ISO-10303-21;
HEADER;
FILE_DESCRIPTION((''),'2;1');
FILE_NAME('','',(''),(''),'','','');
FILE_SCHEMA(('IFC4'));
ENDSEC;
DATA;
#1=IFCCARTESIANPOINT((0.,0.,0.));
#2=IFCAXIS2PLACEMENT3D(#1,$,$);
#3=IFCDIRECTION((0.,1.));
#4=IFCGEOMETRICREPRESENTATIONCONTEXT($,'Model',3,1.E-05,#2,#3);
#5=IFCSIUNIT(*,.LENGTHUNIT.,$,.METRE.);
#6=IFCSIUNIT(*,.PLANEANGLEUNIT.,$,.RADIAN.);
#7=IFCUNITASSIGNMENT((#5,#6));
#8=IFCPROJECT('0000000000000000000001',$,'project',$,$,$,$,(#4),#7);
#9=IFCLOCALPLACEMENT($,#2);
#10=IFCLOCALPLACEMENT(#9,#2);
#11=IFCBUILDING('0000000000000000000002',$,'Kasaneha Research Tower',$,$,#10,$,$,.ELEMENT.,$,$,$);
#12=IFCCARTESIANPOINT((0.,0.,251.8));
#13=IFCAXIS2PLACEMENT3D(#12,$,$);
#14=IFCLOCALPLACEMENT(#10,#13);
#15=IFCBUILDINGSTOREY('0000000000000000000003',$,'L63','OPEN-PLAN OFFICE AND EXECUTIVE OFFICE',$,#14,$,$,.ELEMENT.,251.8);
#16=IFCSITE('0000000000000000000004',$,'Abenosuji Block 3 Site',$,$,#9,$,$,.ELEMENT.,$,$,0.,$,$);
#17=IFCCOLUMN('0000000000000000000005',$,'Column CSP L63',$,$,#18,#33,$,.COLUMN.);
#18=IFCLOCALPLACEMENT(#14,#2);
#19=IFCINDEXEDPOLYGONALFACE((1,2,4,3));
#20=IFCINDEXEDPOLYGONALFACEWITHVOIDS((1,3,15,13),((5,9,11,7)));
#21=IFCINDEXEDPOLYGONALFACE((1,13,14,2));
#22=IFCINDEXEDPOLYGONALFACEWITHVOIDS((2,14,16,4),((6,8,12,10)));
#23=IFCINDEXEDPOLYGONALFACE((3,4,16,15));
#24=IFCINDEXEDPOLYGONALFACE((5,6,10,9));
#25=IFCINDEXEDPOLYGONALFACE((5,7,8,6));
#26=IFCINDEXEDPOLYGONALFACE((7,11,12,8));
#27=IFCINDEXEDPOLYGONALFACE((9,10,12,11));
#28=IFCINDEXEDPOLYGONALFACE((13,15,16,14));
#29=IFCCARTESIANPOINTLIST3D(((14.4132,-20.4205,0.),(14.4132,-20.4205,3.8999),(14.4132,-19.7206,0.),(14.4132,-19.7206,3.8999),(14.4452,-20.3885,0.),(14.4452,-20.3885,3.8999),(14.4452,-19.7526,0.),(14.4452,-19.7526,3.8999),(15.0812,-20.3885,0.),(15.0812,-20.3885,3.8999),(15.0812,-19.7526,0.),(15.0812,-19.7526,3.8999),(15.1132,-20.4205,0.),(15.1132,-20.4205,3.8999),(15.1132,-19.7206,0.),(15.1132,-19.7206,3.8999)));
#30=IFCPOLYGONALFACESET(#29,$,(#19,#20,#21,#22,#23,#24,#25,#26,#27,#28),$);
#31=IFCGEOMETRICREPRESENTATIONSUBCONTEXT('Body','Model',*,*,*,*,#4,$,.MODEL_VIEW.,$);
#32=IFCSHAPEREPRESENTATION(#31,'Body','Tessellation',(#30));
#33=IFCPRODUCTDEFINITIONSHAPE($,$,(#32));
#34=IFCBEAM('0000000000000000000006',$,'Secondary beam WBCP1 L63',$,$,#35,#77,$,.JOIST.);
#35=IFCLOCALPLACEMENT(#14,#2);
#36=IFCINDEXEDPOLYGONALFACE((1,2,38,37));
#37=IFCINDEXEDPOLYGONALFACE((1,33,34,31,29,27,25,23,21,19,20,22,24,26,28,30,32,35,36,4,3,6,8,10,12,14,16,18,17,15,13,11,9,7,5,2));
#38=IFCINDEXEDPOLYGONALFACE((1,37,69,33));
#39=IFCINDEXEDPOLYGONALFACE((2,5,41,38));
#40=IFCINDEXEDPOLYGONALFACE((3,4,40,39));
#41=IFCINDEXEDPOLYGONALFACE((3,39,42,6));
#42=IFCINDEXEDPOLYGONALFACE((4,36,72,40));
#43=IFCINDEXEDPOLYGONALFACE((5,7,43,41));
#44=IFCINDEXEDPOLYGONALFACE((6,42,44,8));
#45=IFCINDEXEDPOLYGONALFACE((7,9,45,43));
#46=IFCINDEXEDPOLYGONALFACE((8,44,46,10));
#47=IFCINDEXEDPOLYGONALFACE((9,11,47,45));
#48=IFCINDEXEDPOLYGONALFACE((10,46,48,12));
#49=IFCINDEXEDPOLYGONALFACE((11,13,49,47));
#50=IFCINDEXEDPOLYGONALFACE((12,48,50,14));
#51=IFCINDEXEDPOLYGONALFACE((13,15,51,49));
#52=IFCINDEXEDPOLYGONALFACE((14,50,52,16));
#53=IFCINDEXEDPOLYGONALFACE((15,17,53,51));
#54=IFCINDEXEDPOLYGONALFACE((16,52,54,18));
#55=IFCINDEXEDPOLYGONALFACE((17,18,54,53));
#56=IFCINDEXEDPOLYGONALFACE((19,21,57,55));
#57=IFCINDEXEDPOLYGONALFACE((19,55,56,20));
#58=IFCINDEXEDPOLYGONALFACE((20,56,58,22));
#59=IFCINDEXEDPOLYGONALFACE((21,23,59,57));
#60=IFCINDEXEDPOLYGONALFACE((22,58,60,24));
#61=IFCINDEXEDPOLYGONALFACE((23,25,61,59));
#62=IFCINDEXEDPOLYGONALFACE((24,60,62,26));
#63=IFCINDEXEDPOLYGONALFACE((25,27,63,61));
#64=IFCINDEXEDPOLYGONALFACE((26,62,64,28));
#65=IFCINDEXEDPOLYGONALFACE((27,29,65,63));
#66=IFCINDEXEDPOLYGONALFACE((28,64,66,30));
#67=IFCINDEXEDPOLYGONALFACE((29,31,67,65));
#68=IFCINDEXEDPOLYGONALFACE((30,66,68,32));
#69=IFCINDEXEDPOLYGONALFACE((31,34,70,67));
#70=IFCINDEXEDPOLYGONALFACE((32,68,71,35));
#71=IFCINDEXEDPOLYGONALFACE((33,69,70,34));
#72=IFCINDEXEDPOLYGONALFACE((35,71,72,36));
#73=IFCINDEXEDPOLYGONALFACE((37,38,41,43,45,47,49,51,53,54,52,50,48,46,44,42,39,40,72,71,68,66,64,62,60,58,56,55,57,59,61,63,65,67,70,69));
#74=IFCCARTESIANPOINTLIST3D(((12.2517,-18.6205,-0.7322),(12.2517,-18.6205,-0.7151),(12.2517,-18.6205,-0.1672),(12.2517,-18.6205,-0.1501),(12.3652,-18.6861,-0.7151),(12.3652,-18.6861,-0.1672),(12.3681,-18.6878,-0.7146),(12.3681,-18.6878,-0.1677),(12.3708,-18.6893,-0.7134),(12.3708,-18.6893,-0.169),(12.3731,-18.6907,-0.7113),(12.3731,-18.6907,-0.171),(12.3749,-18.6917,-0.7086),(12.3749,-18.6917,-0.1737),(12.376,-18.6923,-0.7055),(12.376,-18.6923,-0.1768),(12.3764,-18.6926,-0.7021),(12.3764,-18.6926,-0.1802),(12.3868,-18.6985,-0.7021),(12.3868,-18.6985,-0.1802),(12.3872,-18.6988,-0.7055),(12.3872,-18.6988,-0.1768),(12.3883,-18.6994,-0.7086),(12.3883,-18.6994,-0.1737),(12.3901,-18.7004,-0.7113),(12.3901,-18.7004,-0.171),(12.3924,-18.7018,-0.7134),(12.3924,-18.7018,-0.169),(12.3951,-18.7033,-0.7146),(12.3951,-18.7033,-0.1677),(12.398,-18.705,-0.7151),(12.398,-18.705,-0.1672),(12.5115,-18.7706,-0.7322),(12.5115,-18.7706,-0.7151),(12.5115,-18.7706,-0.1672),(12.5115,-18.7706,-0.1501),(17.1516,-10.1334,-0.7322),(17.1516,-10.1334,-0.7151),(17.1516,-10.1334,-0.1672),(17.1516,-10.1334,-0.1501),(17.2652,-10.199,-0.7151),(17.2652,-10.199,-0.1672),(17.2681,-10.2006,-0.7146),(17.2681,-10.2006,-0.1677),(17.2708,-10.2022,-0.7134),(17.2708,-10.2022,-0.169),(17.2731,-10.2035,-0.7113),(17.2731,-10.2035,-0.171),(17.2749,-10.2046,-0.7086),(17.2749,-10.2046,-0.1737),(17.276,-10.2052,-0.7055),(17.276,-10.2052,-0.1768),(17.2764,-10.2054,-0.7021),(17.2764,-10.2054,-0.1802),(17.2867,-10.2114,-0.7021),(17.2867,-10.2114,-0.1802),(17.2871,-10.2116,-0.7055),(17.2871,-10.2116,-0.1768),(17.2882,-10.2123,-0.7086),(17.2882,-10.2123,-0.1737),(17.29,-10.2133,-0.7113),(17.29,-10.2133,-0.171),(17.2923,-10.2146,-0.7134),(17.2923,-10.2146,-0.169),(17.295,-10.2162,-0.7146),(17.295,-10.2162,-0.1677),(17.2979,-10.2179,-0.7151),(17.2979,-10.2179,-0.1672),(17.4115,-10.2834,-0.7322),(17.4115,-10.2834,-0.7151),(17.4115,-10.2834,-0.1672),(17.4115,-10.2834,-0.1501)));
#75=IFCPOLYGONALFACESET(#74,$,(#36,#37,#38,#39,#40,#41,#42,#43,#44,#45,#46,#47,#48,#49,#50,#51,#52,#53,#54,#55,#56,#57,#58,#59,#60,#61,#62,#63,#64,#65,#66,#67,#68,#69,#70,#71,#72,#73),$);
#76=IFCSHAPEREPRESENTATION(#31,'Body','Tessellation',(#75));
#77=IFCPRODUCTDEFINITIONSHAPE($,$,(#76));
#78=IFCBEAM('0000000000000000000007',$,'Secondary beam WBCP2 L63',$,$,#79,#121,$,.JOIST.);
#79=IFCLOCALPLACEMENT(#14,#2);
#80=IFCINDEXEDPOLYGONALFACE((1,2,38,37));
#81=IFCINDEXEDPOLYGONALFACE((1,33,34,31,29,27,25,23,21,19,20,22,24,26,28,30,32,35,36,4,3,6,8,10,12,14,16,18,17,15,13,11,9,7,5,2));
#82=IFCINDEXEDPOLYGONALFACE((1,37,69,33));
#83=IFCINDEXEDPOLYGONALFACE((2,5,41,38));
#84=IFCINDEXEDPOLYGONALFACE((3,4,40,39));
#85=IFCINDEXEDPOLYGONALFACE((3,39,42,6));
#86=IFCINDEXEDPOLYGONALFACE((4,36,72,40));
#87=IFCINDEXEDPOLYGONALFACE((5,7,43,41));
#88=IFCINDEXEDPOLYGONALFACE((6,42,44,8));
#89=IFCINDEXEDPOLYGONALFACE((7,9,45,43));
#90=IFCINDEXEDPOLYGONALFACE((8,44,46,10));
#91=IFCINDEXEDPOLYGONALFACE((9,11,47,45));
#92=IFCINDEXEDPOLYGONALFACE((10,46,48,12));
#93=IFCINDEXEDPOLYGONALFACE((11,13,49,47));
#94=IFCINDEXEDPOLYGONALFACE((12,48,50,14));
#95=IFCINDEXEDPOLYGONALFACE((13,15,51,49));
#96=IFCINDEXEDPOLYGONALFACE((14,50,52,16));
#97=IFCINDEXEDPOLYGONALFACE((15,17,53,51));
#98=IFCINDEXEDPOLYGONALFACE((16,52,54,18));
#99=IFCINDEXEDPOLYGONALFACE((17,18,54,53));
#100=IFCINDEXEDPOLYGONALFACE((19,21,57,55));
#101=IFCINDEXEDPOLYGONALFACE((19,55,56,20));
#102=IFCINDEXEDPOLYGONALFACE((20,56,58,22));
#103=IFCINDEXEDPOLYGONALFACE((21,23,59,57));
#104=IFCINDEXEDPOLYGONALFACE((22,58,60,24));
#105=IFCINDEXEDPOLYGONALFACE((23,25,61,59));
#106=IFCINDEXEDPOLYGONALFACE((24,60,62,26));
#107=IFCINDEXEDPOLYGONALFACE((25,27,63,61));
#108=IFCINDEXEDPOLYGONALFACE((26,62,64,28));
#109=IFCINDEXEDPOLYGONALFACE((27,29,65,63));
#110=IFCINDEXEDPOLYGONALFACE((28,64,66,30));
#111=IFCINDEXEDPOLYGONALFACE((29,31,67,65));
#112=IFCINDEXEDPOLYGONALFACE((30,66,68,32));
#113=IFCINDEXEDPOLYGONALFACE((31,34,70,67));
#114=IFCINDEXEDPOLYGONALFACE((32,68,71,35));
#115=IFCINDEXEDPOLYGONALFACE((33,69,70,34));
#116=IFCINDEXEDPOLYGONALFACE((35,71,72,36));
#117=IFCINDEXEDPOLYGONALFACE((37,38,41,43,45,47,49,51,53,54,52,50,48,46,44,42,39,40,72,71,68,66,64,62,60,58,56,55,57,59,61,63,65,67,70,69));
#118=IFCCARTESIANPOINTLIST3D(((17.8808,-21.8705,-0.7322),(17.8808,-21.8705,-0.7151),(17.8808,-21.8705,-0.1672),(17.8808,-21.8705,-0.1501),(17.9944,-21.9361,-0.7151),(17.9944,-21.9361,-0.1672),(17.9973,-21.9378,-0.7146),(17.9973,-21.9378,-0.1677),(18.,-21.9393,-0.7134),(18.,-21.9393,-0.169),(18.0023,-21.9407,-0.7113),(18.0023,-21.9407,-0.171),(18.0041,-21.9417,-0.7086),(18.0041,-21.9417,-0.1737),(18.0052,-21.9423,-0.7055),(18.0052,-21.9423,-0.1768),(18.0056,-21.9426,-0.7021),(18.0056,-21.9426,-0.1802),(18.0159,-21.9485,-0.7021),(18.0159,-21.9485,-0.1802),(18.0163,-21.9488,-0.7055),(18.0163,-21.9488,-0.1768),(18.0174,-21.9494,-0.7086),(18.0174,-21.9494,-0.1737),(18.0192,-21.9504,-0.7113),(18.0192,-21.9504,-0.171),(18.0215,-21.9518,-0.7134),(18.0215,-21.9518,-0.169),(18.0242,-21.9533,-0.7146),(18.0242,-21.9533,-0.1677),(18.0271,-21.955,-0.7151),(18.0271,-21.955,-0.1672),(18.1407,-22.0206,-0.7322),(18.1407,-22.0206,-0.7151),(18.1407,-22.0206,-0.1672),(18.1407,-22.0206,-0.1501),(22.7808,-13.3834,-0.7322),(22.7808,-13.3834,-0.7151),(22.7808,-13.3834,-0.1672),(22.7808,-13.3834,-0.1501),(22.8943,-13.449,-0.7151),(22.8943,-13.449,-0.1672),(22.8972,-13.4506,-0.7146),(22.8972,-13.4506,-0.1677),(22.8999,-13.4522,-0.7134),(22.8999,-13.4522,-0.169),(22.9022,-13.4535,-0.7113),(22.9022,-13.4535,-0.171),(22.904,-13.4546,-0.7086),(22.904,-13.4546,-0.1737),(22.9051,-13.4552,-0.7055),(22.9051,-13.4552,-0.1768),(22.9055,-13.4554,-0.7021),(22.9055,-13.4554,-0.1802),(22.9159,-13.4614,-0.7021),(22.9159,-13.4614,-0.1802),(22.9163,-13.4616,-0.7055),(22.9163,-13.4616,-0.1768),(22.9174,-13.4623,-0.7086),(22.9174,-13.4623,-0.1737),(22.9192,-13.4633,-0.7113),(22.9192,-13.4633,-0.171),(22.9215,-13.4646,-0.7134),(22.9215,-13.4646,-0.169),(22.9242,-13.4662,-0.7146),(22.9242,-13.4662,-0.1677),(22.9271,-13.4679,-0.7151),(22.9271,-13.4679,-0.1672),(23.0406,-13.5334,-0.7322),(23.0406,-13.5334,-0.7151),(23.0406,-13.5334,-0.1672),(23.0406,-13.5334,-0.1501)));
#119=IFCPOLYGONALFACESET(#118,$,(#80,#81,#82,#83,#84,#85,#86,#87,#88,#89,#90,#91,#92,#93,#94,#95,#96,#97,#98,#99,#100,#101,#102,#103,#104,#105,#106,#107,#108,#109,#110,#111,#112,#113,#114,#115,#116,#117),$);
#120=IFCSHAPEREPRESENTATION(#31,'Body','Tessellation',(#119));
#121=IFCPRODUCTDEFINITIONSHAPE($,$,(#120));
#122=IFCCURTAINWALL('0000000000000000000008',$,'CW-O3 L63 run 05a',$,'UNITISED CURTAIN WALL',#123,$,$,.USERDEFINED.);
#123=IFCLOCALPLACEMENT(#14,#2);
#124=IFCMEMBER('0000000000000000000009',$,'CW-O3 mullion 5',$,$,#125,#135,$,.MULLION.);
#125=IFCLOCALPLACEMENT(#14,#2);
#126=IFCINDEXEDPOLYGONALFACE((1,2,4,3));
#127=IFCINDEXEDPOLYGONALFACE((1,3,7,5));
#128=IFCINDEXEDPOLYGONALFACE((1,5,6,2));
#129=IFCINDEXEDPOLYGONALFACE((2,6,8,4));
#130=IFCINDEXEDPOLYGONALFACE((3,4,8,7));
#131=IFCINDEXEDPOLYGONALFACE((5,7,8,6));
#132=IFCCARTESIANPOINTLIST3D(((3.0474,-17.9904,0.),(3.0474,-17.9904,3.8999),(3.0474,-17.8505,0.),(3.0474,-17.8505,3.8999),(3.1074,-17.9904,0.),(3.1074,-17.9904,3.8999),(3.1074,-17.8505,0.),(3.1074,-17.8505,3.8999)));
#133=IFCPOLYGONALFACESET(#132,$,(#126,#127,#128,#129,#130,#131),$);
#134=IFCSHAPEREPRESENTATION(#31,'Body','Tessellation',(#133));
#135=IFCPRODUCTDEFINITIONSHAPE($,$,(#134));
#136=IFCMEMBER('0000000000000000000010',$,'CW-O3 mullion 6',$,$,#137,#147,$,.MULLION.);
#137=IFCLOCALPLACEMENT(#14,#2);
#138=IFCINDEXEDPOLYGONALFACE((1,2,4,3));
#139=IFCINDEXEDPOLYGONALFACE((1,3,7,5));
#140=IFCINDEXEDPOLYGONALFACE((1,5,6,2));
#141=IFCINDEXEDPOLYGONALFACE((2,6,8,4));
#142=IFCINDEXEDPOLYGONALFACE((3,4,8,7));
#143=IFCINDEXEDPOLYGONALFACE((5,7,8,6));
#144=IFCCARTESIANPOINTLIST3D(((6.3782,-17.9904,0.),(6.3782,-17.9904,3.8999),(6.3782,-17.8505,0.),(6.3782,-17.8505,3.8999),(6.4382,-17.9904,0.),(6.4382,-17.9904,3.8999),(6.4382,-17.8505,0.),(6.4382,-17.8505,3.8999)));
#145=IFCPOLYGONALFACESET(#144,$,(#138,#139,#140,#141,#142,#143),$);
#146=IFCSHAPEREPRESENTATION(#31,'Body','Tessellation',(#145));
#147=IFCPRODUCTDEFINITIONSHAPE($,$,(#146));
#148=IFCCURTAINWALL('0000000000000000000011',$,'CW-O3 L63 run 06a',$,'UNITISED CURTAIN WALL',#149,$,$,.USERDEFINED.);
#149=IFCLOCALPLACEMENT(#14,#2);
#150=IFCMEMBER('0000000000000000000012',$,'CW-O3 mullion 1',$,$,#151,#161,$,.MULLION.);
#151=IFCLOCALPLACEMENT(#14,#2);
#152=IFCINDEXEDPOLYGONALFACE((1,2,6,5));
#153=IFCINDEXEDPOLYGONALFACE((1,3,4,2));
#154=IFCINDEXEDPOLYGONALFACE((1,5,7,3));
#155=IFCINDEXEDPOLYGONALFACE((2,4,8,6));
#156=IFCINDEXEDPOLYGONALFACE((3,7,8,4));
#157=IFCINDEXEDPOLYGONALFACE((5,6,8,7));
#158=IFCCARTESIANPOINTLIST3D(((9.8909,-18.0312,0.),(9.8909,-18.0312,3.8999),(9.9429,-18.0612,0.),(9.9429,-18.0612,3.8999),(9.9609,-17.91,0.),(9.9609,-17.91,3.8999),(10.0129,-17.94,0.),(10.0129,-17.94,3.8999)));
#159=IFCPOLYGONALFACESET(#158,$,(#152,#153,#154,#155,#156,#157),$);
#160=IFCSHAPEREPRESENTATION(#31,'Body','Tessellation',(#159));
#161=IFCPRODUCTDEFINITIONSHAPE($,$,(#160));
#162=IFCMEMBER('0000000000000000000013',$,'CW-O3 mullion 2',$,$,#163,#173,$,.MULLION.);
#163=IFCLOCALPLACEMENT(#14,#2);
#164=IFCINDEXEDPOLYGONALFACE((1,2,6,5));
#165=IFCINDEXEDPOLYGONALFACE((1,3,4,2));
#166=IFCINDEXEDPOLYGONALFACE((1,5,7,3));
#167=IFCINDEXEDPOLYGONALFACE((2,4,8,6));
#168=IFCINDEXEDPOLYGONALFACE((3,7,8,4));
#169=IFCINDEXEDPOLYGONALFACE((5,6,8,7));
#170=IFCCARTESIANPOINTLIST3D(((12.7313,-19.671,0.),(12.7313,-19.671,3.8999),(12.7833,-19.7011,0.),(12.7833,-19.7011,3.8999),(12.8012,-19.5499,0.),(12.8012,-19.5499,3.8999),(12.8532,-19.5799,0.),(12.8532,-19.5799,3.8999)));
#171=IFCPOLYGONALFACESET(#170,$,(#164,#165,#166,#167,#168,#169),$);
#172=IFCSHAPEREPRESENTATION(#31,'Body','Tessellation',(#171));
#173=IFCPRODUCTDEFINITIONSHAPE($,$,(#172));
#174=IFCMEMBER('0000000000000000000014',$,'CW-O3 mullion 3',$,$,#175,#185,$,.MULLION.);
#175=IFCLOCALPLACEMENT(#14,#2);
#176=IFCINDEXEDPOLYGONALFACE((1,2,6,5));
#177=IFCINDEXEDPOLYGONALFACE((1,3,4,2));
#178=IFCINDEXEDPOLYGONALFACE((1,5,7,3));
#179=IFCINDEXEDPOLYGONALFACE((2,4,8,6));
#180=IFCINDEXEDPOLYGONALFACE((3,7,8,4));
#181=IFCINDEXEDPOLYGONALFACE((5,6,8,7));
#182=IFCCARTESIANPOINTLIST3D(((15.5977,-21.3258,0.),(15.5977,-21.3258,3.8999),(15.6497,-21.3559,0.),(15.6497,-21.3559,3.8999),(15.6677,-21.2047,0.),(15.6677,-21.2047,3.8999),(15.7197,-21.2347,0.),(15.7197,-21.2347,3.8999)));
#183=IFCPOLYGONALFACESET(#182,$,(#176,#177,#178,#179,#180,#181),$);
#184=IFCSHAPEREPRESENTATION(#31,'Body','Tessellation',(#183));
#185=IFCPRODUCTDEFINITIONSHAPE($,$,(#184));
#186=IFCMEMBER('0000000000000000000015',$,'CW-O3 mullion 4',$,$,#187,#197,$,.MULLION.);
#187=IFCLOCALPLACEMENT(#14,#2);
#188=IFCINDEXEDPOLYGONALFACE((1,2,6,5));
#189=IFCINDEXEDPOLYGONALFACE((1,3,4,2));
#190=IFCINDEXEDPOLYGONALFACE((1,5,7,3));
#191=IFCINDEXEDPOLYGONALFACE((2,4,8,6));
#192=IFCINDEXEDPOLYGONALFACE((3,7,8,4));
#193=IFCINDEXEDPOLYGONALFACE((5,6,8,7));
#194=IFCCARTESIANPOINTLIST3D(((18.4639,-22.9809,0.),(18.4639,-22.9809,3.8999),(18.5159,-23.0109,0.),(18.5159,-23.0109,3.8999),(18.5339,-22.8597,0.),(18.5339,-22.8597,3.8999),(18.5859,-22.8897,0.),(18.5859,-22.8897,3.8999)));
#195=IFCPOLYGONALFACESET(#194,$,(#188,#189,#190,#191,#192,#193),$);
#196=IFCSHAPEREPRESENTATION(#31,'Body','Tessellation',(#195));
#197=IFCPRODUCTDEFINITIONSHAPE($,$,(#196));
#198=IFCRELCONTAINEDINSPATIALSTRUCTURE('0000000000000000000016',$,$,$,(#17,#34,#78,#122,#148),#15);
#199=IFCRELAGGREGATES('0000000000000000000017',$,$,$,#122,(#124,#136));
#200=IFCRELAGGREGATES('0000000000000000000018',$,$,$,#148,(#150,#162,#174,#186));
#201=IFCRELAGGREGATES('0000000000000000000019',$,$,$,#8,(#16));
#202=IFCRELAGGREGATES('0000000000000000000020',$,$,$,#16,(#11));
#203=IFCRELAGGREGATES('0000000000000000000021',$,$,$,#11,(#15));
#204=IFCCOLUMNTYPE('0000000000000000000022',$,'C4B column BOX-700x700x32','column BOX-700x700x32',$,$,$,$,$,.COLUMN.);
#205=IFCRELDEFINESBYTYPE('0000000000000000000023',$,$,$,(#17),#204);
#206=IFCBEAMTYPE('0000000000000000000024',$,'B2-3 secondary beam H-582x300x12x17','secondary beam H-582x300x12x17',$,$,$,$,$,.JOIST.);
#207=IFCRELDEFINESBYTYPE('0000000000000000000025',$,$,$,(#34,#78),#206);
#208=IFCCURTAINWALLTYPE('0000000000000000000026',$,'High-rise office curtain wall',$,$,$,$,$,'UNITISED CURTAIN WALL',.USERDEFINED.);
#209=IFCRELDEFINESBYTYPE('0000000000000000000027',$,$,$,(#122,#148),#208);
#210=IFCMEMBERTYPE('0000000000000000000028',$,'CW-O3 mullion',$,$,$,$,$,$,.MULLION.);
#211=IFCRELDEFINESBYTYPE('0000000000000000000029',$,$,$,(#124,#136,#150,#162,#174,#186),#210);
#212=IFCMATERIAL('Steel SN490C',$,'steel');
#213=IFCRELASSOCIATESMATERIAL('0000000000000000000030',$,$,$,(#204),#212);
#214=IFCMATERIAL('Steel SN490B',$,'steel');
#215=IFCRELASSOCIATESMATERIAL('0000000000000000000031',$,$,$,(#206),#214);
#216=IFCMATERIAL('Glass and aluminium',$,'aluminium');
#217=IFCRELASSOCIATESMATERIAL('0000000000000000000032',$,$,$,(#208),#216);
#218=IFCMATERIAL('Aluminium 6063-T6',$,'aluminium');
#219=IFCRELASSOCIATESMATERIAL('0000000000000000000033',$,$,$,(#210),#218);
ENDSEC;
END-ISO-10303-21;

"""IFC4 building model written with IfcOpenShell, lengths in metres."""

from ifc_helpers import new_model, si_unit, direction, frame, origin, origin_2d, place, context, subcontext, project, spatial, rectangle, hollow_rectangle, i_section, extrude, material, material_profile, profile_set, type_object, element, aggregate, save


model = new_model("IFC4")

# Units and contexts
model_context = context("Model", 3, precision=1e-05, world=origin(), true_north=direction((0.0, 1.0)))
body_context = subcontext(model_context, "Body", "Model", "MODEL_VIEW")
ifc_project = project(units=[si_unit("LENGTHUNIT", "METRE"), si_unit("PLANEANGLEUNIT", "RADIAN")], contexts=[model_context])

# Site, building, storey
site_placement = place(None, origin())
site = spatial("IfcSite", under=ifc_project, at=site_placement, Name="Abenosuji Block 3 Site", CompositionType="ELEMENT", RefElevation=0.0)
building_placement = place(site_placement, origin())
building = spatial("IfcBuilding", under=site, at=building_placement, Name="Kasaneha Research Tower", CompositionType="ELEMENT")
storey_placement = place(building_placement, frame((0.0, 0.0, 251.8)))
storey = spatial("IfcBuildingStorey", under=building, at=storey_placement, Name="L63", Description="OPEN-PLAN OFFICE AND EXECUTIVE OFFICE", CompositionType="ELEMENT", Elevation=251.8)

# Column
ifc_material_1 = material(Name="Steel SN490C", Category="steel")
ifc_material_profile_1 = material_profile(ifc_material_1, hollow_rectangle(XDim=0.7, YDim=0.7, WallThickness=0.032, at=origin_2d()), Name="BOX-700x700x32")
ifc_profile_set_1 = profile_set([ifc_material_profile_1], Name="Steel SN490C")
column_type = type_object("IfcColumnType", Name="C4B column BOX-700x700x32", Description="column BOX-700x700x32", PredefinedType="COLUMN", material=ifc_profile_set_1)
column_placement = place(storey_placement, frame((14.7632, -20.0706, 0.0), z_axis=(0.0, 0.0, 1.0), x_axis=(1.0, 0.0, 0.0)))
element("IfcColumn", 1, at=column_placement, inside=storey, type_object=column_type, Name="Column CSP L63", PredefinedType="COLUMN", context=body_context, shape_type="SweptSolid", body=[
    extrude(hollow_rectangle(XDim=0.7, YDim=0.7, WallThickness=0.032, at=origin_2d()), origin(), (0.0, 0.0, 1.0), 3.8999),
])

# Beams
ifc_material_2 = material(Name="Steel SN490B", Category="steel")
ifc_material_profile_2 = material_profile(ifc_material_2, i_section(OverallWidth=0.3, OverallDepth=0.582, WebThickness=0.012, FlangeThickness=0.0171, FilletRadius=0.0129, at=origin_2d()), Name="H-582x300x12x17")
ifc_profile_set_2 = profile_set([ifc_material_profile_2], Name="Steel SN490B")
beam_type_1 = type_object("IfcBeamType", Name="B2-3 secondary beam H-582x300x12x17", Description="secondary beam H-582x300x12x17", PredefinedType="JOIST", material=ifc_profile_set_2)
for number, where, z_axis, x_axis, name in (
    (2, (12.3816, -18.6956, -0.4412), (0.499992, 0.86603, 0.0), (-0.86603, 0.499992, 0.0), "Secondary beam WBCP1 L63"),
    (3, (18.0107, -21.9456, -0.4412), (0.499992, 0.86603, 0.0), (-0.86603, 0.499992, 0.0), "Secondary beam WBCP2 L63"),
):
    element("IfcBeam", number, at=place(storey_placement, frame(where, z_axis=z_axis, x_axis=x_axis)), inside=storey, type_object=beam_type_1, Name=name, PredefinedType="JOIST", context=body_context, shape_type="SweptSolid", body=[
        extrude(i_section(OverallWidth=0.3, OverallDepth=0.582, WebThickness=0.012, FlangeThickness=0.0171, FilletRadius=0.0129, at=origin_2d()), origin(), (0.0, 0.0, 1.0), 9.8),
    ])

# Curtain walls, members
ifc_material_3 = material(Name="Glass and aluminium", Category="aluminium")
curtain_wall_type = type_object("IfcCurtainWallType", Name="High-rise office curtain wall", ElementType="UNITISED CURTAIN WALL", PredefinedType="USERDEFINED", material=ifc_material_3)
curtain_wall_1_placement = place(storey_placement, origin())
curtain_wall_1 = element("IfcCurtainWall", 4, at=curtain_wall_1_placement, inside=storey, type_object=curtain_wall_type, Name="CW-O3 L63 run 05a", ObjectType="UNITISED CURTAIN WALL", PredefinedType="USERDEFINED")
ifc_material_4 = material(Name="Aluminium 6063-T6", Category="aluminium")
ifc_material_profile_3 = material_profile(ifc_material_4, rectangle(XDim=0.0601, YDim=0.1399, at=origin_2d()), Name="CW-O3 mullion 60x140")
ifc_profile_set_3 = profile_set([ifc_material_profile_3], Name="Aluminium 6063-T6")
member_type_1 = type_object("IfcMemberType", Name="CW-O3 mullion", PredefinedType="MULLION", material=ifc_profile_set_3)
member_1_placement = place(storey_placement, frame((3.0774, -17.9204, 0.0), z_axis=(0.0, 0.0, 1.0), x_axis=(1.0, 0.0, 0.0)))
member_1 = element("IfcMember", 5, at=member_1_placement, type_object=member_type_1, Name="CW-O3 mullion 5", PredefinedType="MULLION", context=body_context, shape_type="SweptSolid", body=[
    extrude(rectangle(XDim=0.0601, YDim=0.1399, at=origin_2d()), origin(), (0.0, 0.0, 1.0), 3.8999),
])
member_2_placement = place(storey_placement, frame((6.4082, -17.9204, 0.0), z_axis=(0.0, 0.0, 1.0), x_axis=(1.0, 0.0, 0.0)))
member_2 = element("IfcMember", 6, at=member_2_placement, type_object=member_type_1, Name="CW-O3 mullion 6", PredefinedType="MULLION", context=body_context, shape_type="SweptSolid", body=[
    extrude(rectangle(XDim=0.0601, YDim=0.1399, at=origin_2d()), origin(), (0.0, 0.0, 1.0), 3.8999),
])
curtain_wall_2_placement = place(storey_placement, origin())
curtain_wall_2 = element("IfcCurtainWall", 7, at=curtain_wall_2_placement, inside=storey, type_object=curtain_wall_type, Name="CW-O3 L63 run 06a", ObjectType="UNITISED CURTAIN WALL", PredefinedType="USERDEFINED")
member_3_placement = place(storey_placement, frame((9.9519, -17.9856, 0.0), z_axis=(0.0, 0.0, 1.0), x_axis=(0.866025, -0.5, 0.0)))
member_3 = element("IfcMember", 8, at=member_3_placement, type_object=member_type_1, Name="CW-O3 mullion 1", PredefinedType="MULLION", context=body_context, shape_type="SweptSolid", body=[
    extrude(rectangle(XDim=0.0601, YDim=0.1399, at=origin_2d()), origin(), (0.0, 0.0, 1.0), 3.8999),
])
member_4_placement = place(storey_placement, frame((12.7922, -19.6255, 0.0), z_axis=(0.0, 0.0, 1.0), x_axis=(0.866025, -0.5, 0.0)))
member_4 = element("IfcMember", 9, at=member_4_placement, type_object=member_type_1, Name="CW-O3 mullion 2", PredefinedType="MULLION", context=body_context, shape_type="SweptSolid", body=[
    extrude(rectangle(XDim=0.0601, YDim=0.1399, at=origin_2d()), origin(), (0.0, 0.0, 1.0), 3.8999),
])
member_5_placement = place(storey_placement, frame((15.6587, -21.2803, 0.0), z_axis=(0.0, 0.0, 1.0), x_axis=(0.866025, -0.5, 0.0)))
member_5 = element("IfcMember", 10, at=member_5_placement, type_object=member_type_1, Name="CW-O3 mullion 3", PredefinedType="MULLION", context=body_context, shape_type="SweptSolid", body=[
    extrude(rectangle(XDim=0.0601, YDim=0.1399, at=origin_2d()), origin(), (0.0, 0.0, 1.0), 3.8999),
])
member_6_placement = place(storey_placement, frame((18.5249, -22.9353, 0.0), z_axis=(0.0, 0.0, 1.0), x_axis=(0.866025, -0.5, 0.0)))
member_6 = element("IfcMember", 11, at=member_6_placement, type_object=member_type_1, Name="CW-O3 mullion 4", PredefinedType="MULLION", context=body_context, shape_type="SweptSolid", body=[
    extrude(rectangle(XDim=0.0601, YDim=0.1399, at=origin_2d()), origin(), (0.0, 0.0, 1.0), 3.8999),
])

aggregate(curtain_wall_1, [member_1, member_2])
aggregate(curtain_wall_2, [member_3, member_4, member_5, member_6])

save(model, "model.ifc")
